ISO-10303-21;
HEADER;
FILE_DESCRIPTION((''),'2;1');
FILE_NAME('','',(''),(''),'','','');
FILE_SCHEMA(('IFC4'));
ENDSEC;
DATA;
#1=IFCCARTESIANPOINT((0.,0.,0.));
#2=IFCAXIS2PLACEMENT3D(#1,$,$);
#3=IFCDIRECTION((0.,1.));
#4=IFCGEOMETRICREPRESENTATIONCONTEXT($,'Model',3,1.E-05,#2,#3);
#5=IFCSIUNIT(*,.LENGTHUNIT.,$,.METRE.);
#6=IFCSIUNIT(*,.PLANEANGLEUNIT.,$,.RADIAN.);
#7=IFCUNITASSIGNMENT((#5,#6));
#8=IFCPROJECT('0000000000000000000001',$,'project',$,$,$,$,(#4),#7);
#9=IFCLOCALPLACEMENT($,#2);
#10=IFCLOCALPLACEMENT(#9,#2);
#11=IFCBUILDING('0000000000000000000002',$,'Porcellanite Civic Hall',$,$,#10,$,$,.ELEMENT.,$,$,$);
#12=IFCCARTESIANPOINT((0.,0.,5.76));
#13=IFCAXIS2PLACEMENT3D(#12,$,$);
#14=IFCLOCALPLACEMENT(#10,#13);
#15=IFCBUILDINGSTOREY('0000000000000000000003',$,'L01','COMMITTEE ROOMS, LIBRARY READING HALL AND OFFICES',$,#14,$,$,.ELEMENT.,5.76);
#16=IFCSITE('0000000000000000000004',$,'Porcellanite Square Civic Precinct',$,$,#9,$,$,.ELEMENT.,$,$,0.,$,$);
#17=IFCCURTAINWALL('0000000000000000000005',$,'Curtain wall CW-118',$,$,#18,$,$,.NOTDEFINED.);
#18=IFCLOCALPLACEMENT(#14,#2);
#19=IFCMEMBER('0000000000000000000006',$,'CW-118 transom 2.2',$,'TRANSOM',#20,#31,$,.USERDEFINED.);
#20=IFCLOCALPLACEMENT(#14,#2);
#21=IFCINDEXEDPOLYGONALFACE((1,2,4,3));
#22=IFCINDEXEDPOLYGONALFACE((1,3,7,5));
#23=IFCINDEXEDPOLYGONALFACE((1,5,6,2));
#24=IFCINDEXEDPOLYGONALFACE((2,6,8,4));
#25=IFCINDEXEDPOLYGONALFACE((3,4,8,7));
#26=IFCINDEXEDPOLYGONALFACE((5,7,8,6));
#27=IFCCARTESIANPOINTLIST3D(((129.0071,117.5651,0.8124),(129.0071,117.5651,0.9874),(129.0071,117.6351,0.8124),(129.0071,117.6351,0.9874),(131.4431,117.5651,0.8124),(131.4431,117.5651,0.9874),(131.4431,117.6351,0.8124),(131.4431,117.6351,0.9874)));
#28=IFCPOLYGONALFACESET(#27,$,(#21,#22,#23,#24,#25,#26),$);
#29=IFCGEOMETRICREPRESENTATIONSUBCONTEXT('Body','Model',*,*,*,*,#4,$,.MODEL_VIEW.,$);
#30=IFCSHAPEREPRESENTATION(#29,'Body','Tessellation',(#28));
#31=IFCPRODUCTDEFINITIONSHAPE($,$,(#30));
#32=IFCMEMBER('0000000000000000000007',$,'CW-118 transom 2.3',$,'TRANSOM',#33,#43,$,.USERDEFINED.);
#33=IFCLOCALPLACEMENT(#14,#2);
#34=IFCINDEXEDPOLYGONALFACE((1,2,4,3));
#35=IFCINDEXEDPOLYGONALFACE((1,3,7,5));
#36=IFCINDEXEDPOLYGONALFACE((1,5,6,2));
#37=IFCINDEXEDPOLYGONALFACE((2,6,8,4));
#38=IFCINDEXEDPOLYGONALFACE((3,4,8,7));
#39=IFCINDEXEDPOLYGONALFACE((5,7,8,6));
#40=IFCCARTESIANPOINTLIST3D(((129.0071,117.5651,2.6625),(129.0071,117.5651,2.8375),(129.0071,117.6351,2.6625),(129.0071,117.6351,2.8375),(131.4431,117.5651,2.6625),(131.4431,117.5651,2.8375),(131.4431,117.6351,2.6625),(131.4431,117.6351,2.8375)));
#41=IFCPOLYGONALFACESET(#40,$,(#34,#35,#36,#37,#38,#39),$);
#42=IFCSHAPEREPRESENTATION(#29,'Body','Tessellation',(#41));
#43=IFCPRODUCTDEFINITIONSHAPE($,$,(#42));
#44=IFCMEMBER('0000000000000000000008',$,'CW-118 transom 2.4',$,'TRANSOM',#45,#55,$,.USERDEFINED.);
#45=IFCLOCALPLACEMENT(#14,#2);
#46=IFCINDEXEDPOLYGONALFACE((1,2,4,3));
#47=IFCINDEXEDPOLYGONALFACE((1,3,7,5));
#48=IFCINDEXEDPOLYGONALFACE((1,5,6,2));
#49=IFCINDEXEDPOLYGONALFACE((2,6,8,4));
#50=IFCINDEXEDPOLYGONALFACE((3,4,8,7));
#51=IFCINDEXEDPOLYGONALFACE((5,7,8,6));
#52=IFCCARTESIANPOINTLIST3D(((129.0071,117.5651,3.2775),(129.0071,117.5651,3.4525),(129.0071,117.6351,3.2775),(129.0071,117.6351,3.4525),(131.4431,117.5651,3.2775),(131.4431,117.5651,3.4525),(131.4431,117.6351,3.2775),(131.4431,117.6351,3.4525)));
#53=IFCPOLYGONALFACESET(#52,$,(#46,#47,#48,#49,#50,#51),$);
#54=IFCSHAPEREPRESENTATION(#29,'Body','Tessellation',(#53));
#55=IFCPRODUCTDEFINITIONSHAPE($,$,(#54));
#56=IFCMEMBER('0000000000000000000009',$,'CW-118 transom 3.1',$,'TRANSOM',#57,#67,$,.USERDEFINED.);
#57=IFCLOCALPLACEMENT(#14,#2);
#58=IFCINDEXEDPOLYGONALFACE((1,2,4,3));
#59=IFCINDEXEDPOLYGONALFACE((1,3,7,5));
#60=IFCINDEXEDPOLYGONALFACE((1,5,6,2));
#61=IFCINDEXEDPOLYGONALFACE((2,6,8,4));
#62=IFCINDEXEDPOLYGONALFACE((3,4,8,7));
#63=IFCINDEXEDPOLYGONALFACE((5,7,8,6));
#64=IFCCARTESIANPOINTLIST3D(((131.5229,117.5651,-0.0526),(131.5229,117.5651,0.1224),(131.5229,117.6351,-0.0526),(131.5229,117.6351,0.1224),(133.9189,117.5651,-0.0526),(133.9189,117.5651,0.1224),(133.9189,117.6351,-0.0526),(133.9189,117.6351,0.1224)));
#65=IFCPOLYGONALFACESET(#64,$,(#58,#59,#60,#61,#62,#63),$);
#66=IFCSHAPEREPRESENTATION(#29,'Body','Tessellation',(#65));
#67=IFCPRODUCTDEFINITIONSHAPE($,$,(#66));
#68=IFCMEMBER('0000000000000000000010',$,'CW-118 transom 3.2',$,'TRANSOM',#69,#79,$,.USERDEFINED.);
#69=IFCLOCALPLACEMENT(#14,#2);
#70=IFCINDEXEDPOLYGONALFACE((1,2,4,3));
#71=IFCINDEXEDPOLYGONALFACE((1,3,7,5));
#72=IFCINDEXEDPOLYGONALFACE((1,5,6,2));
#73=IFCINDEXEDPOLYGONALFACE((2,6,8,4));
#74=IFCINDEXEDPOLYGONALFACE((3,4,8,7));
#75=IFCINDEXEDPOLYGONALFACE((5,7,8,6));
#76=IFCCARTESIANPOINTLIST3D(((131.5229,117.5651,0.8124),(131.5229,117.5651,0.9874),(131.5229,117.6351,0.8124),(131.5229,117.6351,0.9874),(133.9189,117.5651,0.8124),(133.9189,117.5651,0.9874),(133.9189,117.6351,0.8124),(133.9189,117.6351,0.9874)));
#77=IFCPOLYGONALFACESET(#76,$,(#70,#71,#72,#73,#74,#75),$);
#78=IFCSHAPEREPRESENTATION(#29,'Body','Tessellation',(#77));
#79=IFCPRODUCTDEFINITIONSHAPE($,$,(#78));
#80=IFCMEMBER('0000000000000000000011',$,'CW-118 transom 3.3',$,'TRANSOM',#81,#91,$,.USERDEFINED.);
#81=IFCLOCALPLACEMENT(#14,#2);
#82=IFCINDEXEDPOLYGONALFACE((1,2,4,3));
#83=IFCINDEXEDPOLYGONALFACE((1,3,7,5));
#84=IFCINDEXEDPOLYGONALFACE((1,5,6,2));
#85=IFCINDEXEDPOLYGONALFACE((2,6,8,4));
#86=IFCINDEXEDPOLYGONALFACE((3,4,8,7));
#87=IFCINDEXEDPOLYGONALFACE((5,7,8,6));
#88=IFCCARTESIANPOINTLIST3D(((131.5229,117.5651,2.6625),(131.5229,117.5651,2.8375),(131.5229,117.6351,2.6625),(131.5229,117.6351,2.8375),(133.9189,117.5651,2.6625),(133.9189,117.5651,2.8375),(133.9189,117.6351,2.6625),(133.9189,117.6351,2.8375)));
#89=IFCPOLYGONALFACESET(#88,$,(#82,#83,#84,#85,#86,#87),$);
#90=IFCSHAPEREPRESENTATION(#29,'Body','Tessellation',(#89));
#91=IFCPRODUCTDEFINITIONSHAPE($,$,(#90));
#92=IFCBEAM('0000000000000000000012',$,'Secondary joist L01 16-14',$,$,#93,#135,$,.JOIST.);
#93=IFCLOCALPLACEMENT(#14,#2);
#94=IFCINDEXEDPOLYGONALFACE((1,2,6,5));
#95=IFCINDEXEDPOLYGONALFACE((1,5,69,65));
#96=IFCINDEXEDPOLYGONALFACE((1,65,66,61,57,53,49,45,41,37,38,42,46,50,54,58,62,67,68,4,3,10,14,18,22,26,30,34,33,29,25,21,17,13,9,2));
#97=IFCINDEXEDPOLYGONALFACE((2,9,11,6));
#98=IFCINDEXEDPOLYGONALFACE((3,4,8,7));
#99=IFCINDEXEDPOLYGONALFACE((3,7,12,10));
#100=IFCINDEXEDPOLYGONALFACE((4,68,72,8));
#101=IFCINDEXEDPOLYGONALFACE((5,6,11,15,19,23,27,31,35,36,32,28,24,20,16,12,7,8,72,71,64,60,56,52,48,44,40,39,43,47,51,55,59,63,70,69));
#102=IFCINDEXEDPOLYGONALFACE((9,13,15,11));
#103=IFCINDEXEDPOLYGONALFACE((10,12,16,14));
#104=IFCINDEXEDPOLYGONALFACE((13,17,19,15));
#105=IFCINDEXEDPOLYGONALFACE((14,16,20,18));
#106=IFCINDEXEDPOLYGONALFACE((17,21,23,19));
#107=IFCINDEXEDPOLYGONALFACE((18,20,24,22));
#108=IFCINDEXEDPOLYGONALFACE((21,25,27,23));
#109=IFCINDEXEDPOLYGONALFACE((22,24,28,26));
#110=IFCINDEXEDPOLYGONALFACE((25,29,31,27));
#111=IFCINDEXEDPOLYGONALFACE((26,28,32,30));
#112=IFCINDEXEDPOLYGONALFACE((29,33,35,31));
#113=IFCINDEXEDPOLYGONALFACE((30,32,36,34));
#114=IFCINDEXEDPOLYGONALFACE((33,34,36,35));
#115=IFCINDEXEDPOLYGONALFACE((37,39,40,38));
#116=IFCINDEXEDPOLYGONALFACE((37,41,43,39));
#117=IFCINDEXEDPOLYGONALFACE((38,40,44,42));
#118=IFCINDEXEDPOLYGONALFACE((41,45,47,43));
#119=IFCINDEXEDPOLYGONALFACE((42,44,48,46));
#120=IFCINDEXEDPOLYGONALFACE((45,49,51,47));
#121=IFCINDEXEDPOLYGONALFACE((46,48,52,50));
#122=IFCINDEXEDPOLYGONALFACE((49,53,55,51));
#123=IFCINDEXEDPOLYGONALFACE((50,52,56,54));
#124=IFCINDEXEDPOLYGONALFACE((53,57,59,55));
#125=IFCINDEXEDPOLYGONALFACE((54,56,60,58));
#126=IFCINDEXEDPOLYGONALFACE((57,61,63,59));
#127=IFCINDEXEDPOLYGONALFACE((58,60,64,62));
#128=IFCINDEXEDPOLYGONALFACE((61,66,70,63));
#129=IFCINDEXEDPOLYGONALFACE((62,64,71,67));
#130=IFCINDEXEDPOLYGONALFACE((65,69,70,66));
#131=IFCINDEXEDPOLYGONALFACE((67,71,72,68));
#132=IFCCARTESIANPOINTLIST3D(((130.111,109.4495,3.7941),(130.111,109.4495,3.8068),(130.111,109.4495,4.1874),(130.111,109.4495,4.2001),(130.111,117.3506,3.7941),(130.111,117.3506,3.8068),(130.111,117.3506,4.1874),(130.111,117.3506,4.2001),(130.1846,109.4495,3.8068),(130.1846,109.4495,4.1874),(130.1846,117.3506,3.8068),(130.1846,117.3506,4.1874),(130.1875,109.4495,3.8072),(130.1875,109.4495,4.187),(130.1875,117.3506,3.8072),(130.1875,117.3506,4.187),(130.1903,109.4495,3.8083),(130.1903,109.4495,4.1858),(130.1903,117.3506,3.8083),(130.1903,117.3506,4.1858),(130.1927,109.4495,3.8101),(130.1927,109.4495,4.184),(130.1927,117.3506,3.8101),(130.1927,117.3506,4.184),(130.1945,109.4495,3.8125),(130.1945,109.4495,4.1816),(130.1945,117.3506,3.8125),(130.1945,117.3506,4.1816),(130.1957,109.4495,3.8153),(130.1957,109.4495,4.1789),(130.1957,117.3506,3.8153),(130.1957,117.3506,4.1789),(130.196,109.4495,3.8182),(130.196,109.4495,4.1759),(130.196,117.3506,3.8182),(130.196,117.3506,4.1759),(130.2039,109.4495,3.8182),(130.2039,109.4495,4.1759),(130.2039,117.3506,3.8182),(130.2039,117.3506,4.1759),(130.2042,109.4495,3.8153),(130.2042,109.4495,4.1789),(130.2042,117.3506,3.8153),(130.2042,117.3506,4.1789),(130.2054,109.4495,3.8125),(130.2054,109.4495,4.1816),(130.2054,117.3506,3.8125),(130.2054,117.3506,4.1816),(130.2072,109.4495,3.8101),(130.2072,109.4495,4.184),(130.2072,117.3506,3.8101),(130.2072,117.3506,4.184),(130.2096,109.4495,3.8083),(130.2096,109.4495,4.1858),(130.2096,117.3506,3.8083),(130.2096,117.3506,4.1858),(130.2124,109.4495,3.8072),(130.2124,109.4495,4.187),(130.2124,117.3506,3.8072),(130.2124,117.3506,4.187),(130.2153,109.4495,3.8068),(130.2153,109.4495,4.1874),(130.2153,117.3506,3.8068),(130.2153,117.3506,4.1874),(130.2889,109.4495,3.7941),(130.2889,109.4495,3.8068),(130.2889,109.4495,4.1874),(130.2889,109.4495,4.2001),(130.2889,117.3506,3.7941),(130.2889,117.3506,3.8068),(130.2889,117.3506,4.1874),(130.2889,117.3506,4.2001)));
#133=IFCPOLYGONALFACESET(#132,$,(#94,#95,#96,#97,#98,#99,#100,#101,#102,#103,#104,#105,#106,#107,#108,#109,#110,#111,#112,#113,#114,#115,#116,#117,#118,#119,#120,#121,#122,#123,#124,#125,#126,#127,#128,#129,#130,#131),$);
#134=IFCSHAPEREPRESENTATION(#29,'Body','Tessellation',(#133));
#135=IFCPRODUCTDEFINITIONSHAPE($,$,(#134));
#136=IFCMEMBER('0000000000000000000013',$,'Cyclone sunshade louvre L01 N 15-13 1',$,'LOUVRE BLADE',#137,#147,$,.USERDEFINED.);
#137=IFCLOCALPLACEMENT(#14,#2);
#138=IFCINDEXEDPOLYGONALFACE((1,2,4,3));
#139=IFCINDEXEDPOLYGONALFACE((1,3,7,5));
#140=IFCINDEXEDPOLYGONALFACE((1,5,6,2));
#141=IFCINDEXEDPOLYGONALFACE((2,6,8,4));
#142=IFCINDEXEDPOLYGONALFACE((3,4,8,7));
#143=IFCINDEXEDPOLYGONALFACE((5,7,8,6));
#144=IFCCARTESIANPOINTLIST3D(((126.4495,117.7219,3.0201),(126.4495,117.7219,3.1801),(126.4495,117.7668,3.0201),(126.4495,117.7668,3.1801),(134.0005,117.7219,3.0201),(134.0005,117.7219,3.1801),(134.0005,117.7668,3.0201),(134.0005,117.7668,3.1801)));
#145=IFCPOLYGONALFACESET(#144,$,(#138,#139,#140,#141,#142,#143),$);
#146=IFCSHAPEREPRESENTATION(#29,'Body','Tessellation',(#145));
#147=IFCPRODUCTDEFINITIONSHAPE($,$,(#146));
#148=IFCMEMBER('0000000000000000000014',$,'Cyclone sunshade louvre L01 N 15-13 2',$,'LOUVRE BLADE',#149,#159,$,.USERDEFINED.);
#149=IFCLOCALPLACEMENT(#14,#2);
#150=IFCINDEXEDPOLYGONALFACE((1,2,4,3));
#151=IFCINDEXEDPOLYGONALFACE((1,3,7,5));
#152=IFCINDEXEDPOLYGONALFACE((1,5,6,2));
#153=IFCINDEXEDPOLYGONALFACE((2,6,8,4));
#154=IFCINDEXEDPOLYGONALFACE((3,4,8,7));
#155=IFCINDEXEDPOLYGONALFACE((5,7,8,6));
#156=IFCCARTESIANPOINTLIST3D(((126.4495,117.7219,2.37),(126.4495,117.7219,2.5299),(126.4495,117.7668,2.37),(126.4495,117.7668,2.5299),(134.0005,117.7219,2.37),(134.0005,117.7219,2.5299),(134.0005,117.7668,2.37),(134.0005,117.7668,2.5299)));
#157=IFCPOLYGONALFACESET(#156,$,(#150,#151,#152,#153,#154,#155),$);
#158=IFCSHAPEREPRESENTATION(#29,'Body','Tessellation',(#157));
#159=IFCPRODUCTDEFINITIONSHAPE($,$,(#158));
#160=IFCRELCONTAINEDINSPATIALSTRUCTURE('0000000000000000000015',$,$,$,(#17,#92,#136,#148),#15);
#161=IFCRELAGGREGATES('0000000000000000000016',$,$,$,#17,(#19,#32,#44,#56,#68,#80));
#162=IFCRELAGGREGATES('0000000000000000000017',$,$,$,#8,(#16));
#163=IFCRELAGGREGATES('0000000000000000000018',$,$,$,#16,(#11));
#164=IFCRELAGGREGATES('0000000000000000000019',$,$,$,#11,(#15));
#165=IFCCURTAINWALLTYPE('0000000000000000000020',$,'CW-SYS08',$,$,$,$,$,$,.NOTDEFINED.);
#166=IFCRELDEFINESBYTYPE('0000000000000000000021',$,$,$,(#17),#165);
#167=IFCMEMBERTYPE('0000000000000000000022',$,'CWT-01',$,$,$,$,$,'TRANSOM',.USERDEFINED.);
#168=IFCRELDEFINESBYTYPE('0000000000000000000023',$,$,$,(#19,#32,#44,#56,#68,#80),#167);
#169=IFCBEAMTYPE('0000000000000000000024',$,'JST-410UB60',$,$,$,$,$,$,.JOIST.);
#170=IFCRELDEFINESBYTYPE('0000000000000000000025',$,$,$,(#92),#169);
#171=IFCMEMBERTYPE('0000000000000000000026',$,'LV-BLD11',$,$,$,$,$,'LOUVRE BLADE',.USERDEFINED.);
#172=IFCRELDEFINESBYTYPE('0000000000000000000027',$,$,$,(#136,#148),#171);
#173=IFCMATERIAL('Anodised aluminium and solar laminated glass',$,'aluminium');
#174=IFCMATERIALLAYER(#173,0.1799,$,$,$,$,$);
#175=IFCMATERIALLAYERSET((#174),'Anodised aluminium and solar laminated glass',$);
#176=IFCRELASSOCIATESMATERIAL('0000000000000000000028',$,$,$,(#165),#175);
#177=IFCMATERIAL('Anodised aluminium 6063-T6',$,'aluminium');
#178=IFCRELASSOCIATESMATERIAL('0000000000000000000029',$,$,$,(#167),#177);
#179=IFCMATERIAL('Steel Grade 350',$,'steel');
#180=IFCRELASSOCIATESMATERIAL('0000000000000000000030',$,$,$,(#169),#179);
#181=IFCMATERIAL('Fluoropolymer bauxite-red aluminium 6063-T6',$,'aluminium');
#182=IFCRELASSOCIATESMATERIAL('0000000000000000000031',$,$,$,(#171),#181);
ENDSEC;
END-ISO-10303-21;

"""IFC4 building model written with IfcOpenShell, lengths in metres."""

from ifc_helpers import new_model, si_unit, direction, frame, origin, origin_2d, place, context, subcontext, project, spatial, rectangle, i_section, extrude, material, layer, layer_set, material_profile, profile_set, type_object, element, aggregate, save


model = new_model("IFC4")

# Units and contexts
model_context = context("Model", 3, precision=1e-05, world=origin(), true_north=direction((0.0, 1.0)))
body_context = subcontext(model_context, "Body", "Model", "MODEL_VIEW")
ifc_project = project(units=[si_unit("LENGTHUNIT", "METRE"), si_unit("PLANEANGLEUNIT", "RADIAN")], contexts=[model_context])

# Site, building, storey
site_placement = place(None, origin())
site = spatial("IfcSite", under=ifc_project, at=site_placement, Name="Porcellanite Square Civic Precinct", CompositionType="ELEMENT", RefElevation=0.0)
building_placement = place(site_placement, origin())
building = spatial("IfcBuilding", under=site, at=building_placement, Name="Porcellanite Civic Hall", CompositionType="ELEMENT")
storey_placement = place(building_placement, frame((0.0, 0.0, 5.76)))
storey = spatial("IfcBuildingStorey", under=building, at=storey_placement, Name="L01", Description="COMMITTEE ROOMS, LIBRARY READING HALL AND OFFICES", CompositionType="ELEMENT", Elevation=5.76)

# Curtain wall, members
ifc_material_1 = material(Name="Anodised aluminium and solar laminated glass", Category="aluminium")
ifc_layer_1 = layer(ifc_material_1, 0.1799)
ifc_layer_set_1 = layer_set([ifc_layer_1], Name="Anodised aluminium and solar laminated glass")
curtain_wall_type = type_object("IfcCurtainWallType", Name="CW-SYS08", PredefinedType="NOTDEFINED", material=ifc_layer_set_1)
curtain_wall_placement = place(storey_placement, origin())
curtain_wall = element("IfcCurtainWall", 1, at=curtain_wall_placement, inside=storey, type_object=curtain_wall_type, Name="Curtain wall CW-118", PredefinedType="NOTDEFINED")
ifc_material_2 = material(Name="Anodised aluminium 6063-T6", Category="aluminium")
ifc_material_profile_1 = material_profile(ifc_material_2, rectangle(XDim=0.0701, YDim=0.175, at=origin_2d()), Name="AL-70x175")
ifc_profile_set_1 = profile_set([ifc_material_profile_1], Name="Anodised aluminium 6063-T6")
member_type_1 = type_object("IfcMemberType", Name="CWT-01", ElementType="TRANSOM", PredefinedType="USERDEFINED", material=ifc_profile_set_1)
member_1_placement = place(storey_placement, frame((129.0071, 117.6001, 0.8999), z_axis=(1.0, 0.0, 0.0), x_axis=(0.0, 1.0, 0.0)))
member_1 = element("IfcMember", 2, at=member_1_placement, type_object=member_type_1, Name="CW-118 transom 2.2", ObjectType="TRANSOM", PredefinedType="USERDEFINED", context=body_context, shape_type="SweptSolid", body=[
    extrude(rectangle(XDim=0.0701, YDim=0.175, at=origin_2d()), origin(), (0.0, 0.0, 1.0), 2.436),
])
member_2_placement = place(storey_placement, frame((129.0071, 117.6001, 2.75), z_axis=(1.0, 0.0, 0.0), x_axis=(0.0, 1.0, 0.0)))
member_2 = element("IfcMember", 3, at=member_2_placement, type_object=member_type_1, Name="CW-118 transom 2.3", ObjectType="TRANSOM", PredefinedType="USERDEFINED", context=body_context, shape_type="SweptSolid", body=[
    extrude(rectangle(XDim=0.0701, YDim=0.175, at=origin_2d()), origin(), (0.0, 0.0, 1.0), 2.436),
])
member_3_placement = place(storey_placement, frame((129.0071, 117.6001, 3.365), z_axis=(1.0, 0.0, 0.0), x_axis=(0.0, 1.0, 0.0)))
member_3 = element("IfcMember", 4, at=member_3_placement, type_object=member_type_1, Name="CW-118 transom 2.4", ObjectType="TRANSOM", PredefinedType="USERDEFINED", context=body_context, shape_type="SweptSolid", body=[
    extrude(rectangle(XDim=0.0701, YDim=0.175, at=origin_2d()), origin(), (0.0, 0.0, 1.0), 2.436),
])
member_4_placement = place(storey_placement, frame((131.5229, 117.6001, 0.0349), z_axis=(1.0, 0.0, 0.0), x_axis=(0.0, 1.0, 0.0)))
member_4 = element("IfcMember", 5, at=member_4_placement, type_object=member_type_1, Name="CW-118 transom 3.1", ObjectType="TRANSOM", PredefinedType="USERDEFINED", context=body_context, shape_type="SweptSolid", body=[
    extrude(rectangle(XDim=0.0701, YDim=0.175, at=origin_2d()), origin(), (0.0, 0.0, 1.0), 2.396),
])
member_5_placement = place(storey_placement, frame((131.5229, 117.6001, 0.8999), z_axis=(1.0, 0.0, 0.0), x_axis=(0.0, 1.0, 0.0)))
member_5 = element("IfcMember", 6, at=member_5_placement, type_object=member_type_1, Name="CW-118 transom 3.2", ObjectType="TRANSOM", PredefinedType="USERDEFINED", context=body_context, shape_type="SweptSolid", body=[
    extrude(rectangle(XDim=0.0701, YDim=0.175, at=origin_2d()), origin(), (0.0, 0.0, 1.0), 2.396),
])
member_6_placement = place(storey_placement, frame((131.5229, 117.6001, 2.75), z_axis=(1.0, 0.0, 0.0), x_axis=(0.0, 1.0, 0.0)))
member_6 = element("IfcMember", 7, at=member_6_placement, type_object=member_type_1, Name="CW-118 transom 3.3", ObjectType="TRANSOM", PredefinedType="USERDEFINED", context=body_context, shape_type="SweptSolid", body=[
    extrude(rectangle(XDim=0.0701, YDim=0.175, at=origin_2d()), origin(), (0.0, 0.0, 1.0), 2.396),
])

# Beam
ifc_material_3 = material(Name="Steel Grade 350", Category="steel")
ifc_material_profile_2 = material_profile(ifc_material_3, i_section(OverallWidth=0.178, OverallDepth=0.406, WebThickness=0.0078, FlangeThickness=0.0127, FilletRadius=0.0115, at=origin_2d()), Name="410UB59.7")
ifc_profile_set_2 = profile_set([ifc_material_profile_2], Name="Steel Grade 350")
beam_type_1 = type_object("IfcBeamType", Name="JST-410UB60", PredefinedType="JOIST", material=ifc_profile_set_2)
beam_1_placement = place(storey_placement, frame((130.2, 109.4495, 3.9971), z_axis=(0.0, 1.0, 0.0), x_axis=(-1.0, 0.0, 0.0)))
element("IfcBeam", 8, at=beam_1_placement, inside=storey, type_object=beam_type_1, Name="Secondary joist L01 16-14", PredefinedType="JOIST", context=body_context, shape_type="SweptSolid", body=[
    extrude(i_section(OverallWidth=0.178, OverallDepth=0.406, WebThickness=0.0078, FlangeThickness=0.0127, FilletRadius=0.0115, at=origin_2d()), origin(), (0.0, 0.0, 1.0), 7.9011),
])

# Members
ifc_material_4 = material(Name="Fluoropolymer bauxite-red aluminium 6063-T6", Category="aluminium")
ifc_material_profile_3 = material_profile(ifc_material_4, rectangle(XDim=0.0449, YDim=0.1599, at=origin_2d()), Name="AL-45x160")
ifc_profile_set_3 = profile_set([ifc_material_profile_3], Name="Fluoropolymer bauxite-red aluminium 6063-T6")
member_type_2 = type_object("IfcMemberType", Name="LV-BLD11", ElementType="LOUVRE BLADE", PredefinedType="USERDEFINED", material=ifc_profile_set_3)
for number, where, z_axis, x_axis, name in (
    (9, (126.4495, 117.7444, 3.1001), (1.0, 0.0, 0.0), (0.0, 1.0, 0.0), "Cyclone sunshade louvre L01 N 15-13 1"),
    (10, (126.4495, 117.7444, 2.45), (1.0, 0.0, 0.0), (0.0, 1.0, 0.0), "Cyclone sunshade louvre L01 N 15-13 2"),
):
    element("IfcMember", number, at=place(storey_placement, frame(where, z_axis=z_axis, x_axis=x_axis)), inside=storey, type_object=member_type_2, Name=name, ObjectType="LOUVRE BLADE", PredefinedType="USERDEFINED", context=body_context, shape_type="SweptSolid", body=[
        extrude(rectangle(XDim=0.0449, YDim=0.1599, at=origin_2d()), origin(), (0.0, 0.0, 1.0), 7.551),
    ])

aggregate(curtain_wall, [member_1, member_2, member_3, member_4, member_5, member_6])

save(model, "model.ifc")
